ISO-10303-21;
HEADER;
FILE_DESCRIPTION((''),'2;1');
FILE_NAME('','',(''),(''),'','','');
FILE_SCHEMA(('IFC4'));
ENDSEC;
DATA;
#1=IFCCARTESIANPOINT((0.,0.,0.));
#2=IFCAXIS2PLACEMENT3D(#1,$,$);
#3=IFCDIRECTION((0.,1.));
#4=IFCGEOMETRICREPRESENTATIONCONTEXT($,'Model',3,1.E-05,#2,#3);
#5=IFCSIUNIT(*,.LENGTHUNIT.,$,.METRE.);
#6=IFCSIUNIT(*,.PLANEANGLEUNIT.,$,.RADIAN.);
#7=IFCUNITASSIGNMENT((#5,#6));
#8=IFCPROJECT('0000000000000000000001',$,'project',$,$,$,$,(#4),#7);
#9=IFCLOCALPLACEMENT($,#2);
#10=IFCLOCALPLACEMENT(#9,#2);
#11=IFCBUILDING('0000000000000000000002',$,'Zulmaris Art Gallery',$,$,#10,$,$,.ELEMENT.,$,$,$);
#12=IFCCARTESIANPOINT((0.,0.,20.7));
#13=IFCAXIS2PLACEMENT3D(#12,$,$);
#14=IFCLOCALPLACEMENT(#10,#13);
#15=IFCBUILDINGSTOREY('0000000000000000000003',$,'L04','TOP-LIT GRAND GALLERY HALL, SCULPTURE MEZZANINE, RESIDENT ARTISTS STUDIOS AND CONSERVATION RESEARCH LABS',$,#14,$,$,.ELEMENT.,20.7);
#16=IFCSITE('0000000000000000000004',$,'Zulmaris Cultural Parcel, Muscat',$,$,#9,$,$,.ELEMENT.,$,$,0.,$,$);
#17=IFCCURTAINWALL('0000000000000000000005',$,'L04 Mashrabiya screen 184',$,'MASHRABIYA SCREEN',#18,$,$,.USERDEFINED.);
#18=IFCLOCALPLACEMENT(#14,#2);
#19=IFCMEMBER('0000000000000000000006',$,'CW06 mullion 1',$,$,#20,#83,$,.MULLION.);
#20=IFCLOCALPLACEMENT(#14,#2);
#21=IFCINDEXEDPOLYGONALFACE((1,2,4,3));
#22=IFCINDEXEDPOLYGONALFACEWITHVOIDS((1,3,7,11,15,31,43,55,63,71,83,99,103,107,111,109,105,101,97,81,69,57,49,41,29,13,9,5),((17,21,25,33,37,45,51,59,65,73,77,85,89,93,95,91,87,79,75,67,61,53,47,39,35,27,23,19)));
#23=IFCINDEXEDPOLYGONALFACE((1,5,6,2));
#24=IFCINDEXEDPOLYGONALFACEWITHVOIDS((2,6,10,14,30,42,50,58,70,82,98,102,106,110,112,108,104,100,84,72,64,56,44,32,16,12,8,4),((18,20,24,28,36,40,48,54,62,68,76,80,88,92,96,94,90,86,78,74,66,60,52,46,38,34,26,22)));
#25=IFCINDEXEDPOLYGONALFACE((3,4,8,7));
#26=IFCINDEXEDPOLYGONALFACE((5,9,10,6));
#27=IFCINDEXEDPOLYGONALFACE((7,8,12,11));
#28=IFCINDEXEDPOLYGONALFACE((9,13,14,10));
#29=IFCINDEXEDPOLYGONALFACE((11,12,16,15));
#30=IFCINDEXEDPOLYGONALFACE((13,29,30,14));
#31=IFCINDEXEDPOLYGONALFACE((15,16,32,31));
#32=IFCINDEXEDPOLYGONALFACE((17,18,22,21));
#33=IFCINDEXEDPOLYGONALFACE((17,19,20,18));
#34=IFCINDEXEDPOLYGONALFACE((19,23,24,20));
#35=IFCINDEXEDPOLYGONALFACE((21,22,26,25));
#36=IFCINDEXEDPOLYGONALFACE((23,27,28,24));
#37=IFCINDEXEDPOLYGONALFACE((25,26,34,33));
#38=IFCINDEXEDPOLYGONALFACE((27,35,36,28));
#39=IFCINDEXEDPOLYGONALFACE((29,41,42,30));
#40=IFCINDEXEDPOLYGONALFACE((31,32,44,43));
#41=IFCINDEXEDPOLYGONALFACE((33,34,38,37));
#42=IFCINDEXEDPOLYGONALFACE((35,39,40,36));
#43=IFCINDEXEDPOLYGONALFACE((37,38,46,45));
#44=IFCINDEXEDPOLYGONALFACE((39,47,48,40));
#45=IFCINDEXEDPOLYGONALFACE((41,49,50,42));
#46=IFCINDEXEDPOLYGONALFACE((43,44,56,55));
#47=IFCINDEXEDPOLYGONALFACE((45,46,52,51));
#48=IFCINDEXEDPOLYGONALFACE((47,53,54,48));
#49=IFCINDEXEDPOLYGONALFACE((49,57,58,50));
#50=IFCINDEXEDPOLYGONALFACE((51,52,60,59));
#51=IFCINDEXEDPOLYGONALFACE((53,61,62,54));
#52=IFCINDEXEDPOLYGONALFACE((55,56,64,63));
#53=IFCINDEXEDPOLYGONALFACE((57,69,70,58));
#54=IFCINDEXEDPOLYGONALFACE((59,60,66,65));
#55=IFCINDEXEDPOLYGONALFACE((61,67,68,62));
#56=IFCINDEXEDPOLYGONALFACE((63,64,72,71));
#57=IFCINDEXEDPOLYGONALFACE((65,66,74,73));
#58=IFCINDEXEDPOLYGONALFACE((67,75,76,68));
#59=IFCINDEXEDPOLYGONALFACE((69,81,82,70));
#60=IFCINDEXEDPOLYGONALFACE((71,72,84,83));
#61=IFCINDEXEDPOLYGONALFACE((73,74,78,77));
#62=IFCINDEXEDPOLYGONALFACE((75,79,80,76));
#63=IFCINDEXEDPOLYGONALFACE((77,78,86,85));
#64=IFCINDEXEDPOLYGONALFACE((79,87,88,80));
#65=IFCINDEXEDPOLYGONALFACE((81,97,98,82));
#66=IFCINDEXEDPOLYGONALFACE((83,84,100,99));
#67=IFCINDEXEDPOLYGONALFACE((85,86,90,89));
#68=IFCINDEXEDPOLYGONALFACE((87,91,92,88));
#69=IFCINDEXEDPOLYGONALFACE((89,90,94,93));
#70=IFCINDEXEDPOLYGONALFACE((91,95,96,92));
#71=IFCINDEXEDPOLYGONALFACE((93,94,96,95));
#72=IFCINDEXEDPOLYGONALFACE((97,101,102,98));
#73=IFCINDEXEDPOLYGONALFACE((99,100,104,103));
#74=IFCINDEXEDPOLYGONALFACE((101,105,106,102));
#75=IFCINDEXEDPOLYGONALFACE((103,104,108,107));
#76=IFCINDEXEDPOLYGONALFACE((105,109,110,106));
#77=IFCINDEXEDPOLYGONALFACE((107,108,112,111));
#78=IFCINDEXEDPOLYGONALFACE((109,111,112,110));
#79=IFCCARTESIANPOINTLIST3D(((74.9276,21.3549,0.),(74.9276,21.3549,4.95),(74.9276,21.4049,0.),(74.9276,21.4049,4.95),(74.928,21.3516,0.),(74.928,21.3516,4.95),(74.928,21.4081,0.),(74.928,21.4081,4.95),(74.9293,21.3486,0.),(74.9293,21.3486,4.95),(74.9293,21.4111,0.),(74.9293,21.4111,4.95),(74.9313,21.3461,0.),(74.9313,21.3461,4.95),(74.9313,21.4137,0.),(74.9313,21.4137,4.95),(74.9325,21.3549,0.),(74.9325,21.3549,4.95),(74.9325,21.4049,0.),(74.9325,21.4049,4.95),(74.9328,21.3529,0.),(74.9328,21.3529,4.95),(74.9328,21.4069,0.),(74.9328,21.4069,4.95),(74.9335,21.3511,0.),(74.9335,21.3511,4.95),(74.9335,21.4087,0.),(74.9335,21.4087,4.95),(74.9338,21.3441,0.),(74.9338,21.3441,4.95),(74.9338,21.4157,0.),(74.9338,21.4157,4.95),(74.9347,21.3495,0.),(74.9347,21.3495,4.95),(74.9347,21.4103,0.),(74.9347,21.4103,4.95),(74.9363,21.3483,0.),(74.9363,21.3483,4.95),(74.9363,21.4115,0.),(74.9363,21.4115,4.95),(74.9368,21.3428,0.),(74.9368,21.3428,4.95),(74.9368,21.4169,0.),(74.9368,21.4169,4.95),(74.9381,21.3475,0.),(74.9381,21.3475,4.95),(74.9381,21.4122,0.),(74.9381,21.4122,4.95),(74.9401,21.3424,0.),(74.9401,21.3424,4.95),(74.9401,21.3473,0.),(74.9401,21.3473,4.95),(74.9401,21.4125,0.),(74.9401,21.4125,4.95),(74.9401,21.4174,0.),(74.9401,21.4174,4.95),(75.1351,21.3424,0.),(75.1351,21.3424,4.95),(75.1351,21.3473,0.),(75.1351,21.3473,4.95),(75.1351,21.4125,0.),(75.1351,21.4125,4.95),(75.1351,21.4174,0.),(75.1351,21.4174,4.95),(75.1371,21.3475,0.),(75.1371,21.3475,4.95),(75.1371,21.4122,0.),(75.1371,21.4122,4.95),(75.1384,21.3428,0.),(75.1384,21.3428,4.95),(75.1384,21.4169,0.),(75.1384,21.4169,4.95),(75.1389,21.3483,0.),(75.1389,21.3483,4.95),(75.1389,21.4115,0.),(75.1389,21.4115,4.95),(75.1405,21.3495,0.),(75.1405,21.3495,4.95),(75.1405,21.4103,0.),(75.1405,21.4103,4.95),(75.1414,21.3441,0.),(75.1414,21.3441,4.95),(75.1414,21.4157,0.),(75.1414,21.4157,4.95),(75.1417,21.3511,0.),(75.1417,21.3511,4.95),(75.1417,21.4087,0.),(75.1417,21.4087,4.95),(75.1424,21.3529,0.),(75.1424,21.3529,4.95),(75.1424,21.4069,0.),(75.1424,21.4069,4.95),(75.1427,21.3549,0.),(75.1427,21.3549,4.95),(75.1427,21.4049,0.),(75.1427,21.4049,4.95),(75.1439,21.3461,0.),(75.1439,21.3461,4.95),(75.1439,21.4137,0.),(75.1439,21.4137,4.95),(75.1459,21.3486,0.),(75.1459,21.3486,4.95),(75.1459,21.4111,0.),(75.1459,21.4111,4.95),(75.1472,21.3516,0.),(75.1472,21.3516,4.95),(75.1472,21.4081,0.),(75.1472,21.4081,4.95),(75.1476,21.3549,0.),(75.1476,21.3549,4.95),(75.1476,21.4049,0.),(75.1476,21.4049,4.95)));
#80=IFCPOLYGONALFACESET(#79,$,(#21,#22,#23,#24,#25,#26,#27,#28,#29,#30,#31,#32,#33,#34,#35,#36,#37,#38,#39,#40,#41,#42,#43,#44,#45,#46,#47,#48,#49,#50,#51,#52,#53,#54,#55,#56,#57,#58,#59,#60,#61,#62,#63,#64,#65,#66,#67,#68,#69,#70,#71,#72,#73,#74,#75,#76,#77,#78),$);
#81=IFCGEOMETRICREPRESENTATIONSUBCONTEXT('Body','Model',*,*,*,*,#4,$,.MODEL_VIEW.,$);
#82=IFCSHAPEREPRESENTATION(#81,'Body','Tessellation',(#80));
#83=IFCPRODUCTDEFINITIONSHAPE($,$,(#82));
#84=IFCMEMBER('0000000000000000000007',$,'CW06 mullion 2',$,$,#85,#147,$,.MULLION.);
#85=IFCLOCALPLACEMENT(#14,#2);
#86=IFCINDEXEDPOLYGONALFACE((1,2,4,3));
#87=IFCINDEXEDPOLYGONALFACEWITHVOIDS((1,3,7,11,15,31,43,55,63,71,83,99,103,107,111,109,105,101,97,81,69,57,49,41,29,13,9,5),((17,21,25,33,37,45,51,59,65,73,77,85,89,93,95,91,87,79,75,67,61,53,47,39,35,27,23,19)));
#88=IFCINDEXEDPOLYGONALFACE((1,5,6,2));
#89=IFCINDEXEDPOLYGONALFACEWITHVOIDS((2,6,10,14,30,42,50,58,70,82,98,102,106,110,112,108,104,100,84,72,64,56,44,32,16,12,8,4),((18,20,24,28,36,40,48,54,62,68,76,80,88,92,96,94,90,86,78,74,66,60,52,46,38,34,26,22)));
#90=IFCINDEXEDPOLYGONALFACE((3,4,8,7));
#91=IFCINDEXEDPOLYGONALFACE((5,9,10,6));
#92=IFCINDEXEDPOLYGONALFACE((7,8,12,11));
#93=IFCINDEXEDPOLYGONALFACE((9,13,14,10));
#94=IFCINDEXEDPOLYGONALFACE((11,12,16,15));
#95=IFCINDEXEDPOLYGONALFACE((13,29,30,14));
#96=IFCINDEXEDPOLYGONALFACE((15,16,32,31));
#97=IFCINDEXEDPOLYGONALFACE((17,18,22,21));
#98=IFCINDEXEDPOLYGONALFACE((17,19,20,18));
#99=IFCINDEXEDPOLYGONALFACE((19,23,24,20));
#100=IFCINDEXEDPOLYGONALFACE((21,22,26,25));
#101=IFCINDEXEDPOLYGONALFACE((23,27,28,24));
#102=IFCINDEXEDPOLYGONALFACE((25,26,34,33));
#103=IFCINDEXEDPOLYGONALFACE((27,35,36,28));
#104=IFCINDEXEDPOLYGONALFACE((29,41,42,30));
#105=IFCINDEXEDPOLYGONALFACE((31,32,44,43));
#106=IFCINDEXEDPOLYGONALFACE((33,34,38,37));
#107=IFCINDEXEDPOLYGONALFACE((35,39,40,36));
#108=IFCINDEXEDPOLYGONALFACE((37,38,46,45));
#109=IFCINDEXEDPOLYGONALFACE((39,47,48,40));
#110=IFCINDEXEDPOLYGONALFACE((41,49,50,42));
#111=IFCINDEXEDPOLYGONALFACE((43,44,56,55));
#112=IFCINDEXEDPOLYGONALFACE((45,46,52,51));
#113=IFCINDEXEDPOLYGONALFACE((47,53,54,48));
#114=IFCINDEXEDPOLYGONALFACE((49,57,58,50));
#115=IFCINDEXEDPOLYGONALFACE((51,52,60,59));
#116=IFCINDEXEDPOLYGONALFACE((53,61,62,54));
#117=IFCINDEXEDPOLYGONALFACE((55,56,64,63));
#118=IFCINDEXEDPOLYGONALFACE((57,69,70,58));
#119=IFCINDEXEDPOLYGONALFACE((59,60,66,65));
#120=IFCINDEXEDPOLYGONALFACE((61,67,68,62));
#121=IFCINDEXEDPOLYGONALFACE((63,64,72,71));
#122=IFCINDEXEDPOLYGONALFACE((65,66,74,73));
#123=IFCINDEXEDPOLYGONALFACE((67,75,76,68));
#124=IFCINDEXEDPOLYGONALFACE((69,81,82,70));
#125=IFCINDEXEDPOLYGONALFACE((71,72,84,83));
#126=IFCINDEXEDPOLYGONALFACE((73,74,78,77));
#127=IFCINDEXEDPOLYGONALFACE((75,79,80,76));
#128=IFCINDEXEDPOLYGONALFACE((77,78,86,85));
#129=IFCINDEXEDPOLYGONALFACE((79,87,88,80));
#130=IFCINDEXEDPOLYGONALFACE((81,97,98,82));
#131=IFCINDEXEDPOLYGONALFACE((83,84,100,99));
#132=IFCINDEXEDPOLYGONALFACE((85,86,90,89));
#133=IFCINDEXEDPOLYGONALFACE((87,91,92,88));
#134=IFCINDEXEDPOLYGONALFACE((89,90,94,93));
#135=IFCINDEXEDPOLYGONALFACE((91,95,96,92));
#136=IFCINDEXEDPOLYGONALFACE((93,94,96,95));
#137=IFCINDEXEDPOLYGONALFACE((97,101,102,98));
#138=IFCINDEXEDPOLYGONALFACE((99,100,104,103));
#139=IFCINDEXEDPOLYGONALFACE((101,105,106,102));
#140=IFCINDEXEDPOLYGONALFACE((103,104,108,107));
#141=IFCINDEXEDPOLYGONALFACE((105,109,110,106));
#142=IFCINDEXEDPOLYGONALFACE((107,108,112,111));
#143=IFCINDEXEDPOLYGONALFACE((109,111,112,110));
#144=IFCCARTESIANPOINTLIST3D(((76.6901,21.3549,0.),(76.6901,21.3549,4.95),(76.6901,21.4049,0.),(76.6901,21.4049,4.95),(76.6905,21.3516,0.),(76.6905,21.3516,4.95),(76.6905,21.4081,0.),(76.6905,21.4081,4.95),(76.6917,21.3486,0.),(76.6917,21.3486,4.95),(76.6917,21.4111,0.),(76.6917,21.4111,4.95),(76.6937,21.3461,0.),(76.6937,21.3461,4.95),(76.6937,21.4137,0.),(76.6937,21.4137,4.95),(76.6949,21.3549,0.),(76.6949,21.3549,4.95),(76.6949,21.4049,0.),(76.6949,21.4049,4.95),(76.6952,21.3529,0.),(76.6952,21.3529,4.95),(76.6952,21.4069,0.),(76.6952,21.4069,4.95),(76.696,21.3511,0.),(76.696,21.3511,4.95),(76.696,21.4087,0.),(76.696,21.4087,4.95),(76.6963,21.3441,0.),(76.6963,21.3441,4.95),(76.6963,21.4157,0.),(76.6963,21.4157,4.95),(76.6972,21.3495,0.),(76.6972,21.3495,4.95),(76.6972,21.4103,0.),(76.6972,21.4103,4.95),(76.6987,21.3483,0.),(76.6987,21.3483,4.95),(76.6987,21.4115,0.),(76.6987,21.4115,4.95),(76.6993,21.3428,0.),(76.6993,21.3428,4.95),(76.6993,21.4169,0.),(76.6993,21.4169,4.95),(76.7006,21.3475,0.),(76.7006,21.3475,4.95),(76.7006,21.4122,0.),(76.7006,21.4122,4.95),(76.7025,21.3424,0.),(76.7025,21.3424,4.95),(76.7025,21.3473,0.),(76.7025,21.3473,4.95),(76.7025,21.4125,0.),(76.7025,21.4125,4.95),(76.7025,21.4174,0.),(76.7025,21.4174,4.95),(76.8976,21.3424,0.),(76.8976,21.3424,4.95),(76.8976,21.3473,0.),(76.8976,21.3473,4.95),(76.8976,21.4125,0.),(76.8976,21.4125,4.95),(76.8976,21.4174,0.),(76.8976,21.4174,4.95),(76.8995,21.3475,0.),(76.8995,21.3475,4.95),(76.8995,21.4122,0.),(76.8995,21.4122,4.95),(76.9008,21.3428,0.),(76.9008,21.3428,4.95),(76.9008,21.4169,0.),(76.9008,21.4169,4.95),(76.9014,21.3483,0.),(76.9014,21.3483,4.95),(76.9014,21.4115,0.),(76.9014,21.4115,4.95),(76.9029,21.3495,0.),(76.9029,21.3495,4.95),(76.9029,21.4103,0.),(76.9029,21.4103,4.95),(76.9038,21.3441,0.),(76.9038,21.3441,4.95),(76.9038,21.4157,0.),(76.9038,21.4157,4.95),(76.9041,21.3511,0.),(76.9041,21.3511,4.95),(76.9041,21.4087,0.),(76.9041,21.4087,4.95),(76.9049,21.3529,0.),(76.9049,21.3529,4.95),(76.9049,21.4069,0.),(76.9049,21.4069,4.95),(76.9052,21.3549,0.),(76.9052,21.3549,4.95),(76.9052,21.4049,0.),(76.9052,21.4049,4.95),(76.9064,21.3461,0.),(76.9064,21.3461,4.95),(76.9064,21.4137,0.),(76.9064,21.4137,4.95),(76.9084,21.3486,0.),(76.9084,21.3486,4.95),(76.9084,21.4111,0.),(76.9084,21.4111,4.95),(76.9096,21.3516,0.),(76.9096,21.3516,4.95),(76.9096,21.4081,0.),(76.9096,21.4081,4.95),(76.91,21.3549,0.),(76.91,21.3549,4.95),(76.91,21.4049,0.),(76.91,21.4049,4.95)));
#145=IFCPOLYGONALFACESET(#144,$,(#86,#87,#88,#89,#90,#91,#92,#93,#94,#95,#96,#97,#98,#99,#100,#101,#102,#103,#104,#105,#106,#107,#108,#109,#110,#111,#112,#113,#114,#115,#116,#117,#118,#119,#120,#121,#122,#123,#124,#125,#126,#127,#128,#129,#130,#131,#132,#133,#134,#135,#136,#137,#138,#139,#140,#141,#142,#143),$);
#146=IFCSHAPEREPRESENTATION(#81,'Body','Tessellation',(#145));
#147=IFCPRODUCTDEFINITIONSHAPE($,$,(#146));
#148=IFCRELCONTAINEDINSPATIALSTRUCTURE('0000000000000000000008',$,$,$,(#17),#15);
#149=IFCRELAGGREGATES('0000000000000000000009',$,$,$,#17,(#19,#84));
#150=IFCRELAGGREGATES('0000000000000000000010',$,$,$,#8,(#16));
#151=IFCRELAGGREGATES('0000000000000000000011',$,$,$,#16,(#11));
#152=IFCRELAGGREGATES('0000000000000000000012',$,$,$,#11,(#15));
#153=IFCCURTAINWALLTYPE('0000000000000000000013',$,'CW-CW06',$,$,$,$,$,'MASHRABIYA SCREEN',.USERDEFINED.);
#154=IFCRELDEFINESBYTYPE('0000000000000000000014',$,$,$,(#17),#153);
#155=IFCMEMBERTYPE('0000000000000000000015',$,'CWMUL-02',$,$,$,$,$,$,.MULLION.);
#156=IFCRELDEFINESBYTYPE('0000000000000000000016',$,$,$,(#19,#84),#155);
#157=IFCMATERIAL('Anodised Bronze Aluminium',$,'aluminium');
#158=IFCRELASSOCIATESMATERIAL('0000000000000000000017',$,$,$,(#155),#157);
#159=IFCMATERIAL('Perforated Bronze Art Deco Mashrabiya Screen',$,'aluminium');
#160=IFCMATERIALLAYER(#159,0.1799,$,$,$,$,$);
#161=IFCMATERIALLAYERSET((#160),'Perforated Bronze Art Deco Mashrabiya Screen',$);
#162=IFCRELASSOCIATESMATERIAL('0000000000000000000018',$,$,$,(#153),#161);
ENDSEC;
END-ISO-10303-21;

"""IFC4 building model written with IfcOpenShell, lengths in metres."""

from ifc_helpers import new_model, si_unit, direction, frame, origin, origin_2d, place, context, subcontext, project, spatial, hollow_rectangle, extrude, material, layer, layer_set, material_profile, profile_set, type_object, element, aggregate, save


model = new_model("IFC4")

# Units and contexts
model_context = context("Model", 3, precision=1e-05, world=origin(), true_north=direction((0.0, 1.0)))
body_context = subcontext(model_context, "Body", "Model", "MODEL_VIEW")
ifc_project = project(units=[si_unit("LENGTHUNIT", "METRE"), si_unit("PLANEANGLEUNIT", "RADIAN")], contexts=[model_context])

# Site, building, storey
site_placement = place(None, origin())
site = spatial("IfcSite", under=ifc_project, at=site_placement, Name="Zulmaris Cultural Parcel, Muscat", CompositionType="ELEMENT", RefElevation=0.0)
building_placement = place(site_placement, origin())
building = spatial("IfcBuilding", under=site, at=building_placement, Name="Zulmaris Art Gallery", CompositionType="ELEMENT")
storey_placement = place(building_placement, frame((0.0, 0.0, 20.7)))
storey = spatial("IfcBuildingStorey", under=building, at=storey_placement, Name="L04", Description="TOP-LIT GRAND GALLERY HALL, SCULPTURE MEZZANINE, RESIDENT ARTISTS STUDIOS AND CONSERVATION RESEARCH LABS", CompositionType="ELEMENT", Elevation=20.7)

# Shared definitions
ifc_material_1 = material(Name="Anodised Bronze Aluminium", Category="aluminium")
ifc_material_profile_1 = material_profile(ifc_material_1, hollow_rectangle(XDim=0.075, YDim=0.22, WallThickness=0.0049, InnerFilletRadius=0.0076, OuterFilletRadius=0.0125, at=origin_2d()), Name="ALU 75x220x5")
ifc_profile_set_1 = profile_set([ifc_material_profile_1], Name="Anodised Bronze Aluminium")
member_type_1 = type_object("IfcMemberType", Name="CWMUL-02", PredefinedType="MULLION", material=ifc_profile_set_1)

# Shared definitions
ifc_material_2 = material(Name="Perforated Bronze Art Deco Mashrabiya Screen", Category="aluminium")
ifc_layer_1 = layer(ifc_material_2, 0.1799)
ifc_layer_set_1 = layer_set([ifc_layer_1], Name="Perforated Bronze Art Deco Mashrabiya Screen")
curtain_wall_type_1 = type_object("IfcCurtainWallType", Name="CW-CW06", ElementType="MASHRABIYA SCREEN", PredefinedType="USERDEFINED", material=ifc_layer_set_1)

# Curtain wall, members
curtain_wall_1_placement = place(storey_placement, origin())
curtain_wall_1 = element("IfcCurtainWall", 1, at=curtain_wall_1_placement, inside=storey, type_object=curtain_wall_type_1, Name="L04 Mashrabiya screen 184", ObjectType="MASHRABIYA SCREEN", PredefinedType="USERDEFINED")
member_1_placement = place(storey_placement, frame((75.0376, 21.3799, 0.0), z_axis=(0.0, 0.0, 1.0), x_axis=(0.0, 1.0, 0.0)))
member_1 = element("IfcMember", 2, at=member_1_placement, type_object=member_type_1, Name="CW06 mullion 1", PredefinedType="MULLION", context=body_context, shape_type="SweptSolid", body=[
    extrude(hollow_rectangle(XDim=0.075, YDim=0.22, WallThickness=0.0049, InnerFilletRadius=0.0076, OuterFilletRadius=0.0125, at=origin_2d()), origin(), (0.0, 0.0, 1.0), 4.95),
])
member_2_placement = place(storey_placement, frame((76.8, 21.3799, 0.0), z_axis=(0.0, 0.0, 1.0), x_axis=(0.0, 1.0, 0.0)))
member_2 = element("IfcMember", 3, at=member_2_placement, type_object=member_type_1, Name="CW06 mullion 2", PredefinedType="MULLION", context=body_context, shape_type="SweptSolid", body=[
    extrude(hollow_rectangle(XDim=0.075, YDim=0.22, WallThickness=0.0049, InnerFilletRadius=0.0076, OuterFilletRadius=0.0125, at=origin_2d()), origin(), (0.0, 0.0, 1.0), 4.95),
])

aggregate(curtain_wall_1, [member_1, member_2])

save(model, "model.ifc")
